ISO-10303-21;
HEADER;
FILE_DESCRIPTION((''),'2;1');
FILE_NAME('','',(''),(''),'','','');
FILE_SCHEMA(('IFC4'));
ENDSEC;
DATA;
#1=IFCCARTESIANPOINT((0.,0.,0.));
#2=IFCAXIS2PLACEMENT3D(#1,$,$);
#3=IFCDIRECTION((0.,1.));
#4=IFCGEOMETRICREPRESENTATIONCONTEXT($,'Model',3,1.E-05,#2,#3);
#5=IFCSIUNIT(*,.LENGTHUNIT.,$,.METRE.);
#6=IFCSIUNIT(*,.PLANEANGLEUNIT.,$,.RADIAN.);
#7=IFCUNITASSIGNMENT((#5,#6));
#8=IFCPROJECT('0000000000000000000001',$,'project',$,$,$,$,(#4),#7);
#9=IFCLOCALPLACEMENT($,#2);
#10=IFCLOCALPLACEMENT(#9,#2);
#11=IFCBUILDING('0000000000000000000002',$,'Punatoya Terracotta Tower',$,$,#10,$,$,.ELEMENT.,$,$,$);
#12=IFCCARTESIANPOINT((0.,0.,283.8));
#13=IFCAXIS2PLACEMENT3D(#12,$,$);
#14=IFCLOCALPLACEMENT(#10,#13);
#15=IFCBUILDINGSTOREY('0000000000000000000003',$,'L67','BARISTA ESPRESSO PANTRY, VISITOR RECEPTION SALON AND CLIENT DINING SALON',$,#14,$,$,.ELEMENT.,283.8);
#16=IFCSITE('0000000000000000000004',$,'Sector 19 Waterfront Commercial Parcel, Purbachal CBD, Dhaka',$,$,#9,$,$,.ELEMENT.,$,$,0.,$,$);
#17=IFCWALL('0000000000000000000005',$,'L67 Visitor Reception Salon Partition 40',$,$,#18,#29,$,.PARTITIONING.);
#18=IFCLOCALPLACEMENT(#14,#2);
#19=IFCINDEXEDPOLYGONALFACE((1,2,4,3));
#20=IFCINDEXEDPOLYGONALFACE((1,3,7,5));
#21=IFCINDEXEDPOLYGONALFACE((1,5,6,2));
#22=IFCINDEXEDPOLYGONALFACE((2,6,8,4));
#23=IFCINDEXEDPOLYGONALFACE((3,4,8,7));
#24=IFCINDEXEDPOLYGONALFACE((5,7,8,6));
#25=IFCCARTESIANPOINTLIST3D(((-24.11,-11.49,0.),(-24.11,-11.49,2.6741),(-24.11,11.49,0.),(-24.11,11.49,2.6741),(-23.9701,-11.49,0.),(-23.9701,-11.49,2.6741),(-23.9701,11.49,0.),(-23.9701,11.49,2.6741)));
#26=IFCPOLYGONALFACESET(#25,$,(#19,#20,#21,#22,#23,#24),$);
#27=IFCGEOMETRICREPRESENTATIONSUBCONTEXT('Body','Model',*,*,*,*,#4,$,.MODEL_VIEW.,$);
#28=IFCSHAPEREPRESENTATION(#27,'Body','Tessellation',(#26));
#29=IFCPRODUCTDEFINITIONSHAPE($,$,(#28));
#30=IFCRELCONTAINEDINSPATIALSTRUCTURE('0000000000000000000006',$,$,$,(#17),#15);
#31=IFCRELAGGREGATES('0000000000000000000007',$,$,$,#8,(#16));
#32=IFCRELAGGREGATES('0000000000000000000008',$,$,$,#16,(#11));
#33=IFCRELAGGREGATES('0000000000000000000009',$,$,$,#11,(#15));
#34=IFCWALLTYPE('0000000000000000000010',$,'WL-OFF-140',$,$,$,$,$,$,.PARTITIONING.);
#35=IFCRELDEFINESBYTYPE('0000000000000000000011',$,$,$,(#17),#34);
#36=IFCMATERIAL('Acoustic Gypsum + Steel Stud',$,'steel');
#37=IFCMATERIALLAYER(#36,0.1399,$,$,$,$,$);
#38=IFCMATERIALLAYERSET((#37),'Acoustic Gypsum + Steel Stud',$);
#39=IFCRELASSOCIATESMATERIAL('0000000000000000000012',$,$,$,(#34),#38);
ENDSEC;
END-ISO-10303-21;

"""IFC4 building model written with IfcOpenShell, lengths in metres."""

from ifc_helpers import new_model, si_unit, direction, frame, frame_2d, origin, place, context, subcontext, project, spatial, rectangle, extrude, material, layer, layer_set, type_object, element, save


model = new_model("IFC4")

# Units and contexts
model_context = context("Model", 3, precision=1e-05, world=origin(), true_north=direction((0.0, 1.0)))
body_context = subcontext(model_context, "Body", "Model", "MODEL_VIEW")
ifc_project = project(units=[si_unit("LENGTHUNIT", "METRE"), si_unit("PLANEANGLEUNIT", "RADIAN")], contexts=[model_context])

# Site, building, storey
site_placement = place(None, origin())
site = spatial("IfcSite", under=ifc_project, at=site_placement, Name="Sector 19 Waterfront Commercial Parcel, Purbachal CBD, Dhaka", CompositionType="ELEMENT", RefElevation=0.0)
building_placement = place(site_placement, origin())
building = spatial("IfcBuilding", under=site, at=building_placement, Name="Punatoya Terracotta Tower", CompositionType="ELEMENT")
storey_placement = place(building_placement, frame((0.0, 0.0, 283.8)))
storey = spatial("IfcBuildingStorey", under=building, at=storey_placement, Name="L67", Description="BARISTA ESPRESSO PANTRY, VISITOR RECEPTION SALON AND CLIENT DINING SALON", CompositionType="ELEMENT", Elevation=283.8)

# Wall
ifc_material_1 = material(Name="Acoustic Gypsum + Steel Stud", Category="steel")
ifc_layer_1 = layer(ifc_material_1, 0.1399)
ifc_layer_set_1 = layer_set([ifc_layer_1], Name="Acoustic Gypsum + Steel Stud")
wall_type_1 = type_object("IfcWallType", Name="WL-OFF-140", PredefinedType="PARTITIONING", material=ifc_layer_set_1)
wall_1_placement = place(storey_placement, frame((-24.04, -11.49, 0.0), z_axis=(0.0, 0.0, 1.0), x_axis=(0.0, 1.0, 0.0)))
element("IfcWall", 1, at=wall_1_placement, inside=storey, type_object=wall_type_1, Name="L67 Visitor Reception Salon Partition 40", PredefinedType="PARTITIONING", context=body_context, shape_type="SweptSolid", body=[
    extrude(rectangle(XDim=22.98, YDim=0.1399, at=frame_2d((11.49, 0.0))), origin(), (0.0, 0.0, 1.0), 2.6741),
])

save(model, "model.ifc")
